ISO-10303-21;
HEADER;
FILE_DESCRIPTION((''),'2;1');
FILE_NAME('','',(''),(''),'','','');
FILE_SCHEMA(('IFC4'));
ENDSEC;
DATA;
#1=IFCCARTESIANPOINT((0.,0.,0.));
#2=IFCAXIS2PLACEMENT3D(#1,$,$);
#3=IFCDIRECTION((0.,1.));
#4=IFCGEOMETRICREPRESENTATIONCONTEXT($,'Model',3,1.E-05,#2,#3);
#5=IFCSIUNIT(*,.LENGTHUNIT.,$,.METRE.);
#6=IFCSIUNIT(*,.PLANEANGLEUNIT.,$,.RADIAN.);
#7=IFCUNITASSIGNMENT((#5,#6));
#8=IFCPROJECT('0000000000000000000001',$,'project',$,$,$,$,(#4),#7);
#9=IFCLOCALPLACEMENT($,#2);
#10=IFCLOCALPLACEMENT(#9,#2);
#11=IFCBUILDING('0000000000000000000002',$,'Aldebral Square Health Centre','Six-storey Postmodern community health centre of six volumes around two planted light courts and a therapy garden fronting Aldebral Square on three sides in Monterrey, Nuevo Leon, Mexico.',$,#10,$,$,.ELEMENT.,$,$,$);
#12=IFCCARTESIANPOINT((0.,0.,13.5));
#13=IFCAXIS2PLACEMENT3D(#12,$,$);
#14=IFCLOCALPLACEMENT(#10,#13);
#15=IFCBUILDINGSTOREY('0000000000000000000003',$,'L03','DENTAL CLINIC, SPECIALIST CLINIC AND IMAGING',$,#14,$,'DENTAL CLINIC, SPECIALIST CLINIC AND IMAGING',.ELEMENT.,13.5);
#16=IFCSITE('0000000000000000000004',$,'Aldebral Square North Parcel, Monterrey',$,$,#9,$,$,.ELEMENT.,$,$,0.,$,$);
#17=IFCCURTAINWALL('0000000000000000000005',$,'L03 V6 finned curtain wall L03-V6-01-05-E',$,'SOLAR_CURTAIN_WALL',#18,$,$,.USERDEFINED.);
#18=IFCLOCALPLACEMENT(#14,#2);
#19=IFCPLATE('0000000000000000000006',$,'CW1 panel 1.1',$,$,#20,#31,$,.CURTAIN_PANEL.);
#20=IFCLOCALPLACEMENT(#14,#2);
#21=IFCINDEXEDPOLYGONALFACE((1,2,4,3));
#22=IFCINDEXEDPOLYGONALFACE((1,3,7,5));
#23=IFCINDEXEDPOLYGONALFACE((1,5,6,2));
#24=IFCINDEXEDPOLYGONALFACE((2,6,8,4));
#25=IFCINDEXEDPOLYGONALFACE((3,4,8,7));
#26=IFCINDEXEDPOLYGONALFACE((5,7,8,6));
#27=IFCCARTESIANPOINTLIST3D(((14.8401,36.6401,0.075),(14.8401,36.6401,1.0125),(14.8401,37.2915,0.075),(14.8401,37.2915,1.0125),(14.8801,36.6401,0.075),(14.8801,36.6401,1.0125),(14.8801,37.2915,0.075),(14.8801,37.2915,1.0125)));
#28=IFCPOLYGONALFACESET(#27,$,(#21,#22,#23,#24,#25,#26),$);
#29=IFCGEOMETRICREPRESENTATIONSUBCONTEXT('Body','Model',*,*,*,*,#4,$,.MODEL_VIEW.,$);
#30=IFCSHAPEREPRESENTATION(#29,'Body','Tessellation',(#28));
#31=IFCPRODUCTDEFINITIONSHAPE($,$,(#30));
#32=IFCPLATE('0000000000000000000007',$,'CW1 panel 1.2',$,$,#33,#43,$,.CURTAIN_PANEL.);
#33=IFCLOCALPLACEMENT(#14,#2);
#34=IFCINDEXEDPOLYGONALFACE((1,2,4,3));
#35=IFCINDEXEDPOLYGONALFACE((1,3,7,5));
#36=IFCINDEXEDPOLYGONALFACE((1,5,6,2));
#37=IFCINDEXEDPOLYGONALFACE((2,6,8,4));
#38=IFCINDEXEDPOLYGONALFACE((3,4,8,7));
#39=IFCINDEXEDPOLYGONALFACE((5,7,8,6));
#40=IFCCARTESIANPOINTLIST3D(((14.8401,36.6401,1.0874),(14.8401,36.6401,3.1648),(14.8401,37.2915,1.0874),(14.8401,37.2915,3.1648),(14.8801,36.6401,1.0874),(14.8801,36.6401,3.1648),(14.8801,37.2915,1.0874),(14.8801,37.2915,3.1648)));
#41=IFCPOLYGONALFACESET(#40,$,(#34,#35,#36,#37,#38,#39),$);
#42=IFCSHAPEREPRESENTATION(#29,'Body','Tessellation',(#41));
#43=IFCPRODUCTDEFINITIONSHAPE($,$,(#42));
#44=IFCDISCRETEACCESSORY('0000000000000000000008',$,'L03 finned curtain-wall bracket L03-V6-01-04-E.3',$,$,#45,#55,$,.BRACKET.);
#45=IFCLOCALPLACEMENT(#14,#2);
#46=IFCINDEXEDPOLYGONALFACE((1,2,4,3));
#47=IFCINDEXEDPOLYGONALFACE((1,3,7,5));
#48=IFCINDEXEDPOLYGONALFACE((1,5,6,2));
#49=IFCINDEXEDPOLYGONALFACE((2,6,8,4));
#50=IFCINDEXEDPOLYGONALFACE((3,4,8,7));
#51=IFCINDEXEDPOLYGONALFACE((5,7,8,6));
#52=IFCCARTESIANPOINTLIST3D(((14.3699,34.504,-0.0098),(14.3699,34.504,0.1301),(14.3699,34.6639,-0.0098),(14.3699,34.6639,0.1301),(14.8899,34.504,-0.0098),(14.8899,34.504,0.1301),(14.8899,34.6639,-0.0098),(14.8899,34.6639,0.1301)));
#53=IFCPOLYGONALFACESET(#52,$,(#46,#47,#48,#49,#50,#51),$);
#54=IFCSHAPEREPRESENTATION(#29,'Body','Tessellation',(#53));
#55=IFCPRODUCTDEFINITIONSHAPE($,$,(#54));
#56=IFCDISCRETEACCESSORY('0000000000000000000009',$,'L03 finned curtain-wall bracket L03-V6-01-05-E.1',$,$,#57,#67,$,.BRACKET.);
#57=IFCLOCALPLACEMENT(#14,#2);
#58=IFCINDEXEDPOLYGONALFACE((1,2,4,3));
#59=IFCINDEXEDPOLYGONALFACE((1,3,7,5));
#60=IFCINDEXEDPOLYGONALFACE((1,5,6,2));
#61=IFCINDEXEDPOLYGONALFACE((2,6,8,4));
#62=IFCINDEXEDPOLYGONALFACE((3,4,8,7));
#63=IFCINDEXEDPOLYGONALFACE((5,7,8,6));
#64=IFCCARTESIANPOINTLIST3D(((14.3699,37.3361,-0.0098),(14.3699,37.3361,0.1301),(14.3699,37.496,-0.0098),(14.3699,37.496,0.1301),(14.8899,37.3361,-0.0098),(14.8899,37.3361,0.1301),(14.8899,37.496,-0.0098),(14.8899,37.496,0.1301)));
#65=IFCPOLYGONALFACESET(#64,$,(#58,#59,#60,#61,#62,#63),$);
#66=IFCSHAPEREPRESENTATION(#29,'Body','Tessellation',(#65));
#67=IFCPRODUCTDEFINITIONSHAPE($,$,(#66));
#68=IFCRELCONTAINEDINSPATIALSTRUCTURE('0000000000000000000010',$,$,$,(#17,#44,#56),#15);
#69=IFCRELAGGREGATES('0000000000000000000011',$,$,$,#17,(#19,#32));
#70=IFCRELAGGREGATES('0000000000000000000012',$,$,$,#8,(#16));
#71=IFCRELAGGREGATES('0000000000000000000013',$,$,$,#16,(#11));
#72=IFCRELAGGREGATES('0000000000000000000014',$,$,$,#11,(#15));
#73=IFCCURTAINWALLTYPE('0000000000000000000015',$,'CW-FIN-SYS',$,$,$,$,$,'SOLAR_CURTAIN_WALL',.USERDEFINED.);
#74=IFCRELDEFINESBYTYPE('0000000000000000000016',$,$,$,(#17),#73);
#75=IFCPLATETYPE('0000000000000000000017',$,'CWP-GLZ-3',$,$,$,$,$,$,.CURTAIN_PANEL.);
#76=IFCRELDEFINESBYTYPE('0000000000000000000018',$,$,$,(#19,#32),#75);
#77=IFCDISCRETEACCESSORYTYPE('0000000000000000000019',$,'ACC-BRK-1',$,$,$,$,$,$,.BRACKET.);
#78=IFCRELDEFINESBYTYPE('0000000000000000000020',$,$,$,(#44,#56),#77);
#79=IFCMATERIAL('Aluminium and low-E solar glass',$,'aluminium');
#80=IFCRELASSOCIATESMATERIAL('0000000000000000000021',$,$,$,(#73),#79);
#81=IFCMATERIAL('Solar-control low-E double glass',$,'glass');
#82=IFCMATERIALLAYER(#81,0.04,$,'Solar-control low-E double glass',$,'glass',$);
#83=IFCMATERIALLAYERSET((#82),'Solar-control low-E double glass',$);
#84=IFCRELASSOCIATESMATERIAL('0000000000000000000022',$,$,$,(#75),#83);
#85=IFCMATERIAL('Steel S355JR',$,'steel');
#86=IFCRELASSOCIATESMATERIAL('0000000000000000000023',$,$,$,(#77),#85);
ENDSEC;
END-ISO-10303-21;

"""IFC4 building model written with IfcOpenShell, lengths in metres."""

from ifc_helpers import new_model, si_unit, direction, frame, origin, origin_2d, place, context, subcontext, project, spatial, rectangle, extrude, material, layer, layer_set, type_object, element, aggregate, save


model = new_model("IFC4")

# Units and contexts
model_context = context("Model", 3, precision=1e-05, world=origin(), true_north=direction((0.0, 1.0)))
body_context = subcontext(model_context, "Body", "Model", "MODEL_VIEW")
ifc_project = project(units=[si_unit("LENGTHUNIT", "METRE"), si_unit("PLANEANGLEUNIT", "RADIAN")], contexts=[model_context])

# Site, building, storey
site_placement = place(None, origin())
site = spatial("IfcSite", under=ifc_project, at=site_placement, Name="Aldebral Square North Parcel, Monterrey", CompositionType="ELEMENT", RefElevation=0.0)
building_placement = place(site_placement, origin())
building = spatial("IfcBuilding", under=site, at=building_placement, Name="Aldebral Square Health Centre", Description="Six-storey Postmodern community health centre of six volumes around two planted light courts and a therapy garden fronting Aldebral Square on three sides in Monterrey, Nuevo Leon, Mexico.", CompositionType="ELEMENT")
storey_placement = place(building_placement, frame((0.0, 0.0, 13.5)))
storey = spatial("IfcBuildingStorey", under=building, at=storey_placement, Name="L03", Description="DENTAL CLINIC, SPECIALIST CLINIC AND IMAGING", LongName="DENTAL CLINIC, SPECIALIST CLINIC AND IMAGING", CompositionType="ELEMENT", Elevation=13.5)

# Curtain wall
ifc_material_1 = material(Name="Aluminium and low-E solar glass", Category="aluminium")
curtain_wall_type = type_object("IfcCurtainWallType", Name="CW-FIN-SYS", ElementType="SOLAR_CURTAIN_WALL", PredefinedType="USERDEFINED", material=ifc_material_1)
curtain_wall_1_placement = place(storey_placement, origin())
curtain_wall_1 = element("IfcCurtainWall", 1, at=curtain_wall_1_placement, inside=storey, type_object=curtain_wall_type, Name="L03 V6 finned curtain wall L03-V6-01-05-E", ObjectType="SOLAR_CURTAIN_WALL", PredefinedType="USERDEFINED")

# Plates
ifc_material_2 = material(Name="Solar-control low-E double glass", Category="glass")
ifc_layer_1 = layer(ifc_material_2, 0.04, Name="Solar-control low-E double glass", Category="glass")
ifc_layer_set_1 = layer_set([ifc_layer_1], Name="Solar-control low-E double glass")
plate_type_1 = type_object("IfcPlateType", Name="CWP-GLZ-3", PredefinedType="CURTAIN_PANEL", material=ifc_layer_set_1)
plate_1_placement = place(storey_placement, frame((14.8601, 36.9658, 0.075), z_axis=(0.0, 0.0, 1.0), x_axis=(0.0, 1.0, 0.0)))
plate_1 = element("IfcPlate", 2, at=plate_1_placement, type_object=plate_type_1, Name="CW1 panel 1.1", PredefinedType="CURTAIN_PANEL", context=body_context, shape_type="SweptSolid", body=[
    extrude(rectangle(XDim=0.6514, YDim=0.04, at=origin_2d()), origin(), (0.0, 0.0, 1.0), 0.9375),
])
plate_2_placement = place(storey_placement, frame((14.8601, 36.9658, 1.0874), z_axis=(0.0, 0.0, 1.0), x_axis=(0.0, 1.0, 0.0)))
plate_2 = element("IfcPlate", 3, at=plate_2_placement, type_object=plate_type_1, Name="CW1 panel 1.2", PredefinedType="CURTAIN_PANEL", context=body_context, shape_type="SweptSolid", body=[
    extrude(rectangle(XDim=0.6514, YDim=0.04, at=origin_2d()), origin(), (0.0, 0.0, 1.0), 2.0774),
])
aggregate(curtain_wall_1, [plate_1, plate_2])

# Discrete accessories
ifc_material_3 = material(Name="Steel S355JR", Category="steel")
discrete_accessory_type = type_object("IfcDiscreteAccessoryType", Name="ACC-BRK-1", PredefinedType="BRACKET", material=ifc_material_3)
for number, where, z_axis, x_axis, name in (
    (4, (14.6299, 34.584, -0.0098), (0.0, 0.0, 1.0), (0.0, 1.0, 0.0), "L03 finned curtain-wall bracket L03-V6-01-04-E.3"),
    (5, (14.6299, 37.416, -0.0098), (0.0, 0.0, 1.0), (0.0, 1.0, 0.0), "L03 finned curtain-wall bracket L03-V6-01-05-E.1"),
):
    element("IfcDiscreteAccessory", number, at=place(storey_placement, frame(where, z_axis=z_axis, x_axis=x_axis)), inside=storey, type_object=discrete_accessory_type, Name=name, PredefinedType="BRACKET", context=body_context, shape_type="SweptSolid", body=[
        extrude(rectangle(XDim=0.1599, YDim=0.52, at=origin_2d()), origin(), (0.0, 0.0, 1.0), 0.1399),
    ])

save(model, "model.ifc")
